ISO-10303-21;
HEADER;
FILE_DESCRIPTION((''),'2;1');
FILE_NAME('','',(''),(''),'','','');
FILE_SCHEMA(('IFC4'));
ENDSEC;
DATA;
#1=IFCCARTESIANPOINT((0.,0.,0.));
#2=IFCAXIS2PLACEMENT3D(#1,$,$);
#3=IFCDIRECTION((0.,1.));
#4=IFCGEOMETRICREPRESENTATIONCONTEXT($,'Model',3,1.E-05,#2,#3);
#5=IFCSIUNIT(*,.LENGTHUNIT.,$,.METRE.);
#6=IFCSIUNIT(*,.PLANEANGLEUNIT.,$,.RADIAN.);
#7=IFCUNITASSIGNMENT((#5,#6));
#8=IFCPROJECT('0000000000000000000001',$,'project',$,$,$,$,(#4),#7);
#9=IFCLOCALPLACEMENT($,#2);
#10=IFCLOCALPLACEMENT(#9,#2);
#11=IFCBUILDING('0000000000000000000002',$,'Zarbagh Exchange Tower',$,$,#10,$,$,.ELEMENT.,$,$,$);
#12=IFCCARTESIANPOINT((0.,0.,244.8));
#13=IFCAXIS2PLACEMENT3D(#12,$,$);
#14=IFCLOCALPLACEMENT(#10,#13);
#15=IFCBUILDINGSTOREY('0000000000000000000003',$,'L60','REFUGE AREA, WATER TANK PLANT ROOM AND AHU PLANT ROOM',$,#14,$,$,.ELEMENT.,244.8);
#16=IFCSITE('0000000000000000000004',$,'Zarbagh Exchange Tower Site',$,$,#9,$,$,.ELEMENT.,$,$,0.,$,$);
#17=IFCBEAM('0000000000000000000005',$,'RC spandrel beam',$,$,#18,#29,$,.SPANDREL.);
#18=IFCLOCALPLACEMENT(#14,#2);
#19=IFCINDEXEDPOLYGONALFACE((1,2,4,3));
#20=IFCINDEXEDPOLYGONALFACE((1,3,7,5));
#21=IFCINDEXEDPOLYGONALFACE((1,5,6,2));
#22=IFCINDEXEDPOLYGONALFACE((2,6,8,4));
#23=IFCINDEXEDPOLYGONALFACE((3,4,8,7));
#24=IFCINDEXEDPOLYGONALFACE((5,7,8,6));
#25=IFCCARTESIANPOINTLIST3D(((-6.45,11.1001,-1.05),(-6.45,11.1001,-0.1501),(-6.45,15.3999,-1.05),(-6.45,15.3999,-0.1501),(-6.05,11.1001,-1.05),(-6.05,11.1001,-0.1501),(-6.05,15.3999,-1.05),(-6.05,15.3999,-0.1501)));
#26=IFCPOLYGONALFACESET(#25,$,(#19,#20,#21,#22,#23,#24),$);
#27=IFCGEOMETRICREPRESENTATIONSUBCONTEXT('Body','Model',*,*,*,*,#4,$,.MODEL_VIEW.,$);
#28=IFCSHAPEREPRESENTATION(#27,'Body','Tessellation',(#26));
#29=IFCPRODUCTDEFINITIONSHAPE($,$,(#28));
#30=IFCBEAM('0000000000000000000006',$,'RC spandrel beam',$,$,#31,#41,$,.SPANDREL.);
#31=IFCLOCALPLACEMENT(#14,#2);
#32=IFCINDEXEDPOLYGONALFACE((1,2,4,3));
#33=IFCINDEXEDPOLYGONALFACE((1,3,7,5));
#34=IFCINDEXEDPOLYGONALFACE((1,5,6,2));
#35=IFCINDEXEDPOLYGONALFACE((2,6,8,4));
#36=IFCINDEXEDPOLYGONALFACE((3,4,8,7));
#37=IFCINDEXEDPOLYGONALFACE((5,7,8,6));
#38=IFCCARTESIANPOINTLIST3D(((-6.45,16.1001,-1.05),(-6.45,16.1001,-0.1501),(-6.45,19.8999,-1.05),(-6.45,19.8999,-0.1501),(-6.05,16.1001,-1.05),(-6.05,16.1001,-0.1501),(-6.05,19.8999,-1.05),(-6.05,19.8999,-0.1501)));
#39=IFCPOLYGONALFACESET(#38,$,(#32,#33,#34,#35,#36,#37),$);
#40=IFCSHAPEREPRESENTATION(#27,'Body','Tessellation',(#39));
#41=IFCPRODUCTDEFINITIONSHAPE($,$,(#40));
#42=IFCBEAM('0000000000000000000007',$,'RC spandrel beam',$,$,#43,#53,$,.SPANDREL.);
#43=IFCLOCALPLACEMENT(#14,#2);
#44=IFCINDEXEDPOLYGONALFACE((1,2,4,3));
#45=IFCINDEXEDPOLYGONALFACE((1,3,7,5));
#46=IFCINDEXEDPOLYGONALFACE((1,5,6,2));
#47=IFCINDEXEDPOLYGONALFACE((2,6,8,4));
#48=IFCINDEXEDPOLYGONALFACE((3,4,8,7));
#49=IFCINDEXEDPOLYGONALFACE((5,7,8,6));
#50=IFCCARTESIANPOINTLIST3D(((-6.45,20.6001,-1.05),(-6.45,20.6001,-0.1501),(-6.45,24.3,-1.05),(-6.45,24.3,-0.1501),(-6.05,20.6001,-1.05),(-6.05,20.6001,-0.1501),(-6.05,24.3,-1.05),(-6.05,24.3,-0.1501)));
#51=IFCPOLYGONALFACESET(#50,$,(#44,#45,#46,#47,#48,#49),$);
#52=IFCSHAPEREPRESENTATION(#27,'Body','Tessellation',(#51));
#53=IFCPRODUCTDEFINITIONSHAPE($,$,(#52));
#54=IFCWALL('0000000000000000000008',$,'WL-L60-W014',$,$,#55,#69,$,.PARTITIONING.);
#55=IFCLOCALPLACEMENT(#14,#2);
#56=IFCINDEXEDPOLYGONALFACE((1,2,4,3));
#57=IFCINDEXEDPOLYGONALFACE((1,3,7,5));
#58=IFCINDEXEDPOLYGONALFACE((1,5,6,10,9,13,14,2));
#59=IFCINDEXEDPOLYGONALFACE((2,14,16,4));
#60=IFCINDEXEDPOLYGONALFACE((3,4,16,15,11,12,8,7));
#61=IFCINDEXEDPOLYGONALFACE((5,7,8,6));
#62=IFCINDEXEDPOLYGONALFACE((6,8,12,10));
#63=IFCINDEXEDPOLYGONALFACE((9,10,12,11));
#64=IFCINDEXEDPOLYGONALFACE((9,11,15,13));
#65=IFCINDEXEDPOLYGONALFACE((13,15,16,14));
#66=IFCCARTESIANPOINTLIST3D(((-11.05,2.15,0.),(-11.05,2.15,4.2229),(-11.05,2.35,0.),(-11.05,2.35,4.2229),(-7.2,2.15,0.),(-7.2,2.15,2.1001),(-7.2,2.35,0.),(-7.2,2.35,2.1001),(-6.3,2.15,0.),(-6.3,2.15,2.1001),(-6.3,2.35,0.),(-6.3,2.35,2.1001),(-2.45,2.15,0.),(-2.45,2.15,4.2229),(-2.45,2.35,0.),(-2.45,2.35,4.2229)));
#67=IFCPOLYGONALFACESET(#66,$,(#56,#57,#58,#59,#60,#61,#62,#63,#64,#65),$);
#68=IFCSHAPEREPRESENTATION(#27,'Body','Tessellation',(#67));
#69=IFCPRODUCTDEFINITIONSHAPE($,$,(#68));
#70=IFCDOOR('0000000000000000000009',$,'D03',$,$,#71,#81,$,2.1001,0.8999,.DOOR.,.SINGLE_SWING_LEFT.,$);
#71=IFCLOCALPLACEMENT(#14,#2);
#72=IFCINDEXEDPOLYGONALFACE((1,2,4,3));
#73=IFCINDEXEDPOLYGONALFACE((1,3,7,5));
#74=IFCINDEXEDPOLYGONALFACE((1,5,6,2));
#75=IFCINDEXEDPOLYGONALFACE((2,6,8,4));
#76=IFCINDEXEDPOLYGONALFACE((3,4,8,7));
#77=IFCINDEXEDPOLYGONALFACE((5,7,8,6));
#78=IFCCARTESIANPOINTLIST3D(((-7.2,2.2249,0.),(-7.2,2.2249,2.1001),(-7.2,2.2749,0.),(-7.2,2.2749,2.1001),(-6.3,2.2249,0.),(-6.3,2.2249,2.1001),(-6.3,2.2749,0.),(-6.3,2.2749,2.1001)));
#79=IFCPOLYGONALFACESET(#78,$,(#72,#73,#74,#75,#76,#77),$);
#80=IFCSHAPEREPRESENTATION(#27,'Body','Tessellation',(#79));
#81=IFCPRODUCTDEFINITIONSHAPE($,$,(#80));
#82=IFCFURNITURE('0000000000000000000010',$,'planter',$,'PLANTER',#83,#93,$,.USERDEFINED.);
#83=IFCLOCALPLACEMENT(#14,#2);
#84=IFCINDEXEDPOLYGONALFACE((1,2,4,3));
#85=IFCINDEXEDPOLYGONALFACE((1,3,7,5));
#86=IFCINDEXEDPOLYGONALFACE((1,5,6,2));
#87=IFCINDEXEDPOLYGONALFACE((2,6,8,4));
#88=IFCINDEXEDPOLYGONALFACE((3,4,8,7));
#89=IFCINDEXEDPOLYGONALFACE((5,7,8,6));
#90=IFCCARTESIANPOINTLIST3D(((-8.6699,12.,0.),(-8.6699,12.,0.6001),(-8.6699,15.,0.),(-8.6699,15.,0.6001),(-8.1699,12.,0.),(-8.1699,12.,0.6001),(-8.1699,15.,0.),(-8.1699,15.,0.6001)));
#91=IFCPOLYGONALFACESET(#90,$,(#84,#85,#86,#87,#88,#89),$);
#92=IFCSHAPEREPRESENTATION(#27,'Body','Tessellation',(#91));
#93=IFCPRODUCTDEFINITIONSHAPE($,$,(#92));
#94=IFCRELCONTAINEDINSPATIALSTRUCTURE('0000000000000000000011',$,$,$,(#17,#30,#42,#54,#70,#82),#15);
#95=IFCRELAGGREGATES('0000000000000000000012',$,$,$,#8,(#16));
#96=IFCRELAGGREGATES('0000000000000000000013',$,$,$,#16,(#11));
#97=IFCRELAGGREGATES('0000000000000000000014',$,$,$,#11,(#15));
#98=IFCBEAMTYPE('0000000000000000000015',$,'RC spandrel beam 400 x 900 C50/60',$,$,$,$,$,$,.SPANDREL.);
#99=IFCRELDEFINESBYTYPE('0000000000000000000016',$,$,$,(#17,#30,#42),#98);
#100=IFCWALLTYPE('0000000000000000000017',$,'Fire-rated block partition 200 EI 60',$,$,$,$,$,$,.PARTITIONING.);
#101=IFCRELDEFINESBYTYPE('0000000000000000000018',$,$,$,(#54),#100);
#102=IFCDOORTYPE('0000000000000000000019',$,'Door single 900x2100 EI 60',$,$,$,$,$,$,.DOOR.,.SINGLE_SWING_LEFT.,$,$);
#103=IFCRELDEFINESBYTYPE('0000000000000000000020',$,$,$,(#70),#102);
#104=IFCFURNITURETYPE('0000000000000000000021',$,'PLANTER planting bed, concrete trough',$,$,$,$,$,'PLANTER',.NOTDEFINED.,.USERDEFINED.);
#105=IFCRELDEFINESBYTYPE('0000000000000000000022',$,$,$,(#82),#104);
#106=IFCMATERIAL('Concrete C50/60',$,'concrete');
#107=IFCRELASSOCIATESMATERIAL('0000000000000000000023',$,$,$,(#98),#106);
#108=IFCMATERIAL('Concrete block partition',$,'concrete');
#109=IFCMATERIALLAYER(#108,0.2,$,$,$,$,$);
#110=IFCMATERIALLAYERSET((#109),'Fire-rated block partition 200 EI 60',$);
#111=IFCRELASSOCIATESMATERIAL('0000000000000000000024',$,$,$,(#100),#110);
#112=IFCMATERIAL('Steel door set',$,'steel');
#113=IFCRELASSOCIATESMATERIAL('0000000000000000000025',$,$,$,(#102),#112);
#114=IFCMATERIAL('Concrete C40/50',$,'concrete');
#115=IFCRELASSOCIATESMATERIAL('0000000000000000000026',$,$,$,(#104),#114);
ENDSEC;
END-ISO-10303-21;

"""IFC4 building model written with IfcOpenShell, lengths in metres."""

from ifc_helpers import new_model, si_unit, direction, frame, frame_2d, origin, origin_2d, place, context, subcontext, project, spatial, rectangle, extrude, material, layer, layer_set, material_profile, profile_set, type_object, element, fill, save


model = new_model("IFC4")

# Units and contexts
model_context = context("Model", 3, precision=1e-05, world=origin(), true_north=direction((0.0, 1.0)))
body_context = subcontext(model_context, "Body", "Model", "MODEL_VIEW")
ifc_project = project(units=[si_unit("LENGTHUNIT", "METRE"), si_unit("PLANEANGLEUNIT", "RADIAN")], contexts=[model_context])

# Site, building, storey
site_placement = place(None, origin())
site = spatial("IfcSite", under=ifc_project, at=site_placement, Name="Zarbagh Exchange Tower Site", CompositionType="ELEMENT", RefElevation=0.0)
building_placement = place(site_placement, origin())
building = spatial("IfcBuilding", under=site, at=building_placement, Name="Zarbagh Exchange Tower", CompositionType="ELEMENT")
storey_placement = place(building_placement, frame((0.0, 0.0, 244.8)))
storey = spatial("IfcBuildingStorey", under=building, at=storey_placement, Name="L60", Description="REFUGE AREA, WATER TANK PLANT ROOM AND AHU PLANT ROOM", CompositionType="ELEMENT", Elevation=244.8)

# Shared definitions
ifc_material_1 = material(Name="Concrete C50/60", Category="concrete")

# Beams
ifc_material_2 = material(Name="Concrete C40/50", Category="concrete")
ifc_material_profile_1 = material_profile(ifc_material_1, rectangle(XDim=0.3999, YDim=0.8999, at=origin_2d()), Name="RC spandrel beam 400 x 900 C50/60")
ifc_profile_set_1 = profile_set([ifc_material_profile_1], Name="Concrete C50/60")
beam_type_1 = type_object("IfcBeamType", Name="RC spandrel beam 400 x 900 C50/60", PredefinedType="SPANDREL", material=ifc_profile_set_1)
beam_1_placement = place(storey_placement, frame((-6.25, 11.1001, -0.6001), z_axis=(0.0, 1.0, 0.0), x_axis=(-1.0, 0.0, 0.0)))
element("IfcBeam", 1, at=beam_1_placement, inside=storey, type_object=beam_type_1, Name="RC spandrel beam", PredefinedType="SPANDREL", context=body_context, shape_type="SweptSolid", body=[
    extrude(rectangle(XDim=0.3999, YDim=0.8999, at=origin_2d()), origin(), (0.0, 0.0, 1.0), 4.2998),
])
beam_2_placement = place(storey_placement, frame((-6.25, 16.1001, -0.6001), z_axis=(0.0, 1.0, 0.0), x_axis=(-1.0, 0.0, 0.0)))
element("IfcBeam", 2, at=beam_2_placement, inside=storey, type_object=beam_type_1, Name="RC spandrel beam", PredefinedType="SPANDREL", context=body_context, shape_type="SweptSolid", body=[
    extrude(rectangle(XDim=0.3999, YDim=0.8999, at=origin_2d()), origin(), (0.0, 0.0, 1.0), 3.7998),
])
beam_3_placement = place(storey_placement, frame((-6.25, 20.6001, -0.6001), z_axis=(0.0, 1.0, 0.0), x_axis=(-1.0, 0.0, 0.0)))
element("IfcBeam", 3, at=beam_3_placement, inside=storey, type_object=beam_type_1, Name="RC spandrel beam", PredefinedType="SPANDREL", context=body_context, shape_type="SweptSolid", body=[
    extrude(rectangle(XDim=0.3999, YDim=0.8999, at=origin_2d()), origin(), (0.0, 0.0, 1.0), 3.7),
])

# Wall, opening, door
ifc_material_3 = material(Name="Concrete block partition", Category="concrete")
ifc_layer_1 = layer(ifc_material_3, 0.2)
ifc_layer_set_1 = layer_set([ifc_layer_1], Name="Fire-rated block partition 200 EI 60")
wall_type_1 = type_object("IfcWallType", Name="Fire-rated block partition 200 EI 60", PredefinedType="PARTITIONING", material=ifc_layer_set_1)
wall_1_placement = place(storey_placement, frame((-11.05, 2.25, 0.0), z_axis=(0.0, 0.0, 1.0), x_axis=(1.0, 0.0, 0.0)))
wall_1 = element("IfcWall", 4, at=wall_1_placement, inside=storey, type_object=wall_type_1, Name="WL-L60-W014", PredefinedType="PARTITIONING", context=body_context, shape_type="SweptSolid", body=[
    extrude(rectangle(XDim=8.6001, YDim=0.2, at=frame_2d((4.3, 0.0))), origin(), (0.0, 0.0, 1.0), 4.2229),
])
opening_1_placement = place(wall_1_placement, frame((3.8501, 0.0, 0.0)))
opening_1 = element("IfcOpeningElement", 5, at=opening_1_placement, cuts=wall_1, PredefinedType="OPENING", context=body_context, shape_type="SweptSolid", body=[
    extrude(rectangle(XDim=0.8999, YDim=2.1001, at=frame_2d((0.45, 1.05))), frame((0.0, 0.1099, 0.0), z_axis=(0.0, -1.0, 0.0), x_axis=(1.0, 0.0, 0.0)), (0.0, 0.0, 1.0), 0.22),
])
ifc_material_4 = material(Name="Steel door set", Category="steel")
door_type_1 = type_object("IfcDoorType", Name="Door single 900x2100 EI 60", OperationType="SINGLE_SWING_LEFT", PredefinedType="DOOR", material=ifc_material_4)
door_1_placement = place(opening_1_placement, origin())
door_1 = element("IfcDoor", 6, at=door_1_placement, inside=storey, type_object=door_type_1, Name="D03", OperationType="SINGLE_SWING_LEFT", OverallHeight=2.1001, OverallWidth=0.8999, PredefinedType="DOOR", context=body_context, shape_type="SweptSolid", body=[
    extrude(rectangle(XDim=0.8999, YDim=2.1001, at=frame_2d((0.45, 1.05))), frame((0.0, 0.0249, 0.0), z_axis=(0.0, -1.0, 0.0), x_axis=(1.0, 0.0, 0.0)), (0.0, 0.0, 1.0), 0.05),
])
fill(opening_1, door_1)

# Furniture
furniture_type = type_object("IfcFurnitureType", Name="PLANTER planting bed, concrete trough", ElementType="PLANTER", AssemblyPlace="NOTDEFINED", PredefinedType="USERDEFINED", material=ifc_material_2)
furniture_placement = place(storey_placement, frame((-8.4199, 13.5, 0.0), z_axis=(0.0, 0.0, 1.0), x_axis=(0.0, 1.0, 0.0)))
element("IfcFurniture", 7, at=furniture_placement, inside=storey, type_object=furniture_type, Name="planter", ObjectType="PLANTER", PredefinedType="USERDEFINED", context=body_context, shape_type="SweptSolid", body=[
    extrude(rectangle(XDim=3.0, YDim=0.5, at=origin_2d()), origin(), (0.0, 0.0, 1.0), 0.6001),
])

save(model, "model.ifc")
